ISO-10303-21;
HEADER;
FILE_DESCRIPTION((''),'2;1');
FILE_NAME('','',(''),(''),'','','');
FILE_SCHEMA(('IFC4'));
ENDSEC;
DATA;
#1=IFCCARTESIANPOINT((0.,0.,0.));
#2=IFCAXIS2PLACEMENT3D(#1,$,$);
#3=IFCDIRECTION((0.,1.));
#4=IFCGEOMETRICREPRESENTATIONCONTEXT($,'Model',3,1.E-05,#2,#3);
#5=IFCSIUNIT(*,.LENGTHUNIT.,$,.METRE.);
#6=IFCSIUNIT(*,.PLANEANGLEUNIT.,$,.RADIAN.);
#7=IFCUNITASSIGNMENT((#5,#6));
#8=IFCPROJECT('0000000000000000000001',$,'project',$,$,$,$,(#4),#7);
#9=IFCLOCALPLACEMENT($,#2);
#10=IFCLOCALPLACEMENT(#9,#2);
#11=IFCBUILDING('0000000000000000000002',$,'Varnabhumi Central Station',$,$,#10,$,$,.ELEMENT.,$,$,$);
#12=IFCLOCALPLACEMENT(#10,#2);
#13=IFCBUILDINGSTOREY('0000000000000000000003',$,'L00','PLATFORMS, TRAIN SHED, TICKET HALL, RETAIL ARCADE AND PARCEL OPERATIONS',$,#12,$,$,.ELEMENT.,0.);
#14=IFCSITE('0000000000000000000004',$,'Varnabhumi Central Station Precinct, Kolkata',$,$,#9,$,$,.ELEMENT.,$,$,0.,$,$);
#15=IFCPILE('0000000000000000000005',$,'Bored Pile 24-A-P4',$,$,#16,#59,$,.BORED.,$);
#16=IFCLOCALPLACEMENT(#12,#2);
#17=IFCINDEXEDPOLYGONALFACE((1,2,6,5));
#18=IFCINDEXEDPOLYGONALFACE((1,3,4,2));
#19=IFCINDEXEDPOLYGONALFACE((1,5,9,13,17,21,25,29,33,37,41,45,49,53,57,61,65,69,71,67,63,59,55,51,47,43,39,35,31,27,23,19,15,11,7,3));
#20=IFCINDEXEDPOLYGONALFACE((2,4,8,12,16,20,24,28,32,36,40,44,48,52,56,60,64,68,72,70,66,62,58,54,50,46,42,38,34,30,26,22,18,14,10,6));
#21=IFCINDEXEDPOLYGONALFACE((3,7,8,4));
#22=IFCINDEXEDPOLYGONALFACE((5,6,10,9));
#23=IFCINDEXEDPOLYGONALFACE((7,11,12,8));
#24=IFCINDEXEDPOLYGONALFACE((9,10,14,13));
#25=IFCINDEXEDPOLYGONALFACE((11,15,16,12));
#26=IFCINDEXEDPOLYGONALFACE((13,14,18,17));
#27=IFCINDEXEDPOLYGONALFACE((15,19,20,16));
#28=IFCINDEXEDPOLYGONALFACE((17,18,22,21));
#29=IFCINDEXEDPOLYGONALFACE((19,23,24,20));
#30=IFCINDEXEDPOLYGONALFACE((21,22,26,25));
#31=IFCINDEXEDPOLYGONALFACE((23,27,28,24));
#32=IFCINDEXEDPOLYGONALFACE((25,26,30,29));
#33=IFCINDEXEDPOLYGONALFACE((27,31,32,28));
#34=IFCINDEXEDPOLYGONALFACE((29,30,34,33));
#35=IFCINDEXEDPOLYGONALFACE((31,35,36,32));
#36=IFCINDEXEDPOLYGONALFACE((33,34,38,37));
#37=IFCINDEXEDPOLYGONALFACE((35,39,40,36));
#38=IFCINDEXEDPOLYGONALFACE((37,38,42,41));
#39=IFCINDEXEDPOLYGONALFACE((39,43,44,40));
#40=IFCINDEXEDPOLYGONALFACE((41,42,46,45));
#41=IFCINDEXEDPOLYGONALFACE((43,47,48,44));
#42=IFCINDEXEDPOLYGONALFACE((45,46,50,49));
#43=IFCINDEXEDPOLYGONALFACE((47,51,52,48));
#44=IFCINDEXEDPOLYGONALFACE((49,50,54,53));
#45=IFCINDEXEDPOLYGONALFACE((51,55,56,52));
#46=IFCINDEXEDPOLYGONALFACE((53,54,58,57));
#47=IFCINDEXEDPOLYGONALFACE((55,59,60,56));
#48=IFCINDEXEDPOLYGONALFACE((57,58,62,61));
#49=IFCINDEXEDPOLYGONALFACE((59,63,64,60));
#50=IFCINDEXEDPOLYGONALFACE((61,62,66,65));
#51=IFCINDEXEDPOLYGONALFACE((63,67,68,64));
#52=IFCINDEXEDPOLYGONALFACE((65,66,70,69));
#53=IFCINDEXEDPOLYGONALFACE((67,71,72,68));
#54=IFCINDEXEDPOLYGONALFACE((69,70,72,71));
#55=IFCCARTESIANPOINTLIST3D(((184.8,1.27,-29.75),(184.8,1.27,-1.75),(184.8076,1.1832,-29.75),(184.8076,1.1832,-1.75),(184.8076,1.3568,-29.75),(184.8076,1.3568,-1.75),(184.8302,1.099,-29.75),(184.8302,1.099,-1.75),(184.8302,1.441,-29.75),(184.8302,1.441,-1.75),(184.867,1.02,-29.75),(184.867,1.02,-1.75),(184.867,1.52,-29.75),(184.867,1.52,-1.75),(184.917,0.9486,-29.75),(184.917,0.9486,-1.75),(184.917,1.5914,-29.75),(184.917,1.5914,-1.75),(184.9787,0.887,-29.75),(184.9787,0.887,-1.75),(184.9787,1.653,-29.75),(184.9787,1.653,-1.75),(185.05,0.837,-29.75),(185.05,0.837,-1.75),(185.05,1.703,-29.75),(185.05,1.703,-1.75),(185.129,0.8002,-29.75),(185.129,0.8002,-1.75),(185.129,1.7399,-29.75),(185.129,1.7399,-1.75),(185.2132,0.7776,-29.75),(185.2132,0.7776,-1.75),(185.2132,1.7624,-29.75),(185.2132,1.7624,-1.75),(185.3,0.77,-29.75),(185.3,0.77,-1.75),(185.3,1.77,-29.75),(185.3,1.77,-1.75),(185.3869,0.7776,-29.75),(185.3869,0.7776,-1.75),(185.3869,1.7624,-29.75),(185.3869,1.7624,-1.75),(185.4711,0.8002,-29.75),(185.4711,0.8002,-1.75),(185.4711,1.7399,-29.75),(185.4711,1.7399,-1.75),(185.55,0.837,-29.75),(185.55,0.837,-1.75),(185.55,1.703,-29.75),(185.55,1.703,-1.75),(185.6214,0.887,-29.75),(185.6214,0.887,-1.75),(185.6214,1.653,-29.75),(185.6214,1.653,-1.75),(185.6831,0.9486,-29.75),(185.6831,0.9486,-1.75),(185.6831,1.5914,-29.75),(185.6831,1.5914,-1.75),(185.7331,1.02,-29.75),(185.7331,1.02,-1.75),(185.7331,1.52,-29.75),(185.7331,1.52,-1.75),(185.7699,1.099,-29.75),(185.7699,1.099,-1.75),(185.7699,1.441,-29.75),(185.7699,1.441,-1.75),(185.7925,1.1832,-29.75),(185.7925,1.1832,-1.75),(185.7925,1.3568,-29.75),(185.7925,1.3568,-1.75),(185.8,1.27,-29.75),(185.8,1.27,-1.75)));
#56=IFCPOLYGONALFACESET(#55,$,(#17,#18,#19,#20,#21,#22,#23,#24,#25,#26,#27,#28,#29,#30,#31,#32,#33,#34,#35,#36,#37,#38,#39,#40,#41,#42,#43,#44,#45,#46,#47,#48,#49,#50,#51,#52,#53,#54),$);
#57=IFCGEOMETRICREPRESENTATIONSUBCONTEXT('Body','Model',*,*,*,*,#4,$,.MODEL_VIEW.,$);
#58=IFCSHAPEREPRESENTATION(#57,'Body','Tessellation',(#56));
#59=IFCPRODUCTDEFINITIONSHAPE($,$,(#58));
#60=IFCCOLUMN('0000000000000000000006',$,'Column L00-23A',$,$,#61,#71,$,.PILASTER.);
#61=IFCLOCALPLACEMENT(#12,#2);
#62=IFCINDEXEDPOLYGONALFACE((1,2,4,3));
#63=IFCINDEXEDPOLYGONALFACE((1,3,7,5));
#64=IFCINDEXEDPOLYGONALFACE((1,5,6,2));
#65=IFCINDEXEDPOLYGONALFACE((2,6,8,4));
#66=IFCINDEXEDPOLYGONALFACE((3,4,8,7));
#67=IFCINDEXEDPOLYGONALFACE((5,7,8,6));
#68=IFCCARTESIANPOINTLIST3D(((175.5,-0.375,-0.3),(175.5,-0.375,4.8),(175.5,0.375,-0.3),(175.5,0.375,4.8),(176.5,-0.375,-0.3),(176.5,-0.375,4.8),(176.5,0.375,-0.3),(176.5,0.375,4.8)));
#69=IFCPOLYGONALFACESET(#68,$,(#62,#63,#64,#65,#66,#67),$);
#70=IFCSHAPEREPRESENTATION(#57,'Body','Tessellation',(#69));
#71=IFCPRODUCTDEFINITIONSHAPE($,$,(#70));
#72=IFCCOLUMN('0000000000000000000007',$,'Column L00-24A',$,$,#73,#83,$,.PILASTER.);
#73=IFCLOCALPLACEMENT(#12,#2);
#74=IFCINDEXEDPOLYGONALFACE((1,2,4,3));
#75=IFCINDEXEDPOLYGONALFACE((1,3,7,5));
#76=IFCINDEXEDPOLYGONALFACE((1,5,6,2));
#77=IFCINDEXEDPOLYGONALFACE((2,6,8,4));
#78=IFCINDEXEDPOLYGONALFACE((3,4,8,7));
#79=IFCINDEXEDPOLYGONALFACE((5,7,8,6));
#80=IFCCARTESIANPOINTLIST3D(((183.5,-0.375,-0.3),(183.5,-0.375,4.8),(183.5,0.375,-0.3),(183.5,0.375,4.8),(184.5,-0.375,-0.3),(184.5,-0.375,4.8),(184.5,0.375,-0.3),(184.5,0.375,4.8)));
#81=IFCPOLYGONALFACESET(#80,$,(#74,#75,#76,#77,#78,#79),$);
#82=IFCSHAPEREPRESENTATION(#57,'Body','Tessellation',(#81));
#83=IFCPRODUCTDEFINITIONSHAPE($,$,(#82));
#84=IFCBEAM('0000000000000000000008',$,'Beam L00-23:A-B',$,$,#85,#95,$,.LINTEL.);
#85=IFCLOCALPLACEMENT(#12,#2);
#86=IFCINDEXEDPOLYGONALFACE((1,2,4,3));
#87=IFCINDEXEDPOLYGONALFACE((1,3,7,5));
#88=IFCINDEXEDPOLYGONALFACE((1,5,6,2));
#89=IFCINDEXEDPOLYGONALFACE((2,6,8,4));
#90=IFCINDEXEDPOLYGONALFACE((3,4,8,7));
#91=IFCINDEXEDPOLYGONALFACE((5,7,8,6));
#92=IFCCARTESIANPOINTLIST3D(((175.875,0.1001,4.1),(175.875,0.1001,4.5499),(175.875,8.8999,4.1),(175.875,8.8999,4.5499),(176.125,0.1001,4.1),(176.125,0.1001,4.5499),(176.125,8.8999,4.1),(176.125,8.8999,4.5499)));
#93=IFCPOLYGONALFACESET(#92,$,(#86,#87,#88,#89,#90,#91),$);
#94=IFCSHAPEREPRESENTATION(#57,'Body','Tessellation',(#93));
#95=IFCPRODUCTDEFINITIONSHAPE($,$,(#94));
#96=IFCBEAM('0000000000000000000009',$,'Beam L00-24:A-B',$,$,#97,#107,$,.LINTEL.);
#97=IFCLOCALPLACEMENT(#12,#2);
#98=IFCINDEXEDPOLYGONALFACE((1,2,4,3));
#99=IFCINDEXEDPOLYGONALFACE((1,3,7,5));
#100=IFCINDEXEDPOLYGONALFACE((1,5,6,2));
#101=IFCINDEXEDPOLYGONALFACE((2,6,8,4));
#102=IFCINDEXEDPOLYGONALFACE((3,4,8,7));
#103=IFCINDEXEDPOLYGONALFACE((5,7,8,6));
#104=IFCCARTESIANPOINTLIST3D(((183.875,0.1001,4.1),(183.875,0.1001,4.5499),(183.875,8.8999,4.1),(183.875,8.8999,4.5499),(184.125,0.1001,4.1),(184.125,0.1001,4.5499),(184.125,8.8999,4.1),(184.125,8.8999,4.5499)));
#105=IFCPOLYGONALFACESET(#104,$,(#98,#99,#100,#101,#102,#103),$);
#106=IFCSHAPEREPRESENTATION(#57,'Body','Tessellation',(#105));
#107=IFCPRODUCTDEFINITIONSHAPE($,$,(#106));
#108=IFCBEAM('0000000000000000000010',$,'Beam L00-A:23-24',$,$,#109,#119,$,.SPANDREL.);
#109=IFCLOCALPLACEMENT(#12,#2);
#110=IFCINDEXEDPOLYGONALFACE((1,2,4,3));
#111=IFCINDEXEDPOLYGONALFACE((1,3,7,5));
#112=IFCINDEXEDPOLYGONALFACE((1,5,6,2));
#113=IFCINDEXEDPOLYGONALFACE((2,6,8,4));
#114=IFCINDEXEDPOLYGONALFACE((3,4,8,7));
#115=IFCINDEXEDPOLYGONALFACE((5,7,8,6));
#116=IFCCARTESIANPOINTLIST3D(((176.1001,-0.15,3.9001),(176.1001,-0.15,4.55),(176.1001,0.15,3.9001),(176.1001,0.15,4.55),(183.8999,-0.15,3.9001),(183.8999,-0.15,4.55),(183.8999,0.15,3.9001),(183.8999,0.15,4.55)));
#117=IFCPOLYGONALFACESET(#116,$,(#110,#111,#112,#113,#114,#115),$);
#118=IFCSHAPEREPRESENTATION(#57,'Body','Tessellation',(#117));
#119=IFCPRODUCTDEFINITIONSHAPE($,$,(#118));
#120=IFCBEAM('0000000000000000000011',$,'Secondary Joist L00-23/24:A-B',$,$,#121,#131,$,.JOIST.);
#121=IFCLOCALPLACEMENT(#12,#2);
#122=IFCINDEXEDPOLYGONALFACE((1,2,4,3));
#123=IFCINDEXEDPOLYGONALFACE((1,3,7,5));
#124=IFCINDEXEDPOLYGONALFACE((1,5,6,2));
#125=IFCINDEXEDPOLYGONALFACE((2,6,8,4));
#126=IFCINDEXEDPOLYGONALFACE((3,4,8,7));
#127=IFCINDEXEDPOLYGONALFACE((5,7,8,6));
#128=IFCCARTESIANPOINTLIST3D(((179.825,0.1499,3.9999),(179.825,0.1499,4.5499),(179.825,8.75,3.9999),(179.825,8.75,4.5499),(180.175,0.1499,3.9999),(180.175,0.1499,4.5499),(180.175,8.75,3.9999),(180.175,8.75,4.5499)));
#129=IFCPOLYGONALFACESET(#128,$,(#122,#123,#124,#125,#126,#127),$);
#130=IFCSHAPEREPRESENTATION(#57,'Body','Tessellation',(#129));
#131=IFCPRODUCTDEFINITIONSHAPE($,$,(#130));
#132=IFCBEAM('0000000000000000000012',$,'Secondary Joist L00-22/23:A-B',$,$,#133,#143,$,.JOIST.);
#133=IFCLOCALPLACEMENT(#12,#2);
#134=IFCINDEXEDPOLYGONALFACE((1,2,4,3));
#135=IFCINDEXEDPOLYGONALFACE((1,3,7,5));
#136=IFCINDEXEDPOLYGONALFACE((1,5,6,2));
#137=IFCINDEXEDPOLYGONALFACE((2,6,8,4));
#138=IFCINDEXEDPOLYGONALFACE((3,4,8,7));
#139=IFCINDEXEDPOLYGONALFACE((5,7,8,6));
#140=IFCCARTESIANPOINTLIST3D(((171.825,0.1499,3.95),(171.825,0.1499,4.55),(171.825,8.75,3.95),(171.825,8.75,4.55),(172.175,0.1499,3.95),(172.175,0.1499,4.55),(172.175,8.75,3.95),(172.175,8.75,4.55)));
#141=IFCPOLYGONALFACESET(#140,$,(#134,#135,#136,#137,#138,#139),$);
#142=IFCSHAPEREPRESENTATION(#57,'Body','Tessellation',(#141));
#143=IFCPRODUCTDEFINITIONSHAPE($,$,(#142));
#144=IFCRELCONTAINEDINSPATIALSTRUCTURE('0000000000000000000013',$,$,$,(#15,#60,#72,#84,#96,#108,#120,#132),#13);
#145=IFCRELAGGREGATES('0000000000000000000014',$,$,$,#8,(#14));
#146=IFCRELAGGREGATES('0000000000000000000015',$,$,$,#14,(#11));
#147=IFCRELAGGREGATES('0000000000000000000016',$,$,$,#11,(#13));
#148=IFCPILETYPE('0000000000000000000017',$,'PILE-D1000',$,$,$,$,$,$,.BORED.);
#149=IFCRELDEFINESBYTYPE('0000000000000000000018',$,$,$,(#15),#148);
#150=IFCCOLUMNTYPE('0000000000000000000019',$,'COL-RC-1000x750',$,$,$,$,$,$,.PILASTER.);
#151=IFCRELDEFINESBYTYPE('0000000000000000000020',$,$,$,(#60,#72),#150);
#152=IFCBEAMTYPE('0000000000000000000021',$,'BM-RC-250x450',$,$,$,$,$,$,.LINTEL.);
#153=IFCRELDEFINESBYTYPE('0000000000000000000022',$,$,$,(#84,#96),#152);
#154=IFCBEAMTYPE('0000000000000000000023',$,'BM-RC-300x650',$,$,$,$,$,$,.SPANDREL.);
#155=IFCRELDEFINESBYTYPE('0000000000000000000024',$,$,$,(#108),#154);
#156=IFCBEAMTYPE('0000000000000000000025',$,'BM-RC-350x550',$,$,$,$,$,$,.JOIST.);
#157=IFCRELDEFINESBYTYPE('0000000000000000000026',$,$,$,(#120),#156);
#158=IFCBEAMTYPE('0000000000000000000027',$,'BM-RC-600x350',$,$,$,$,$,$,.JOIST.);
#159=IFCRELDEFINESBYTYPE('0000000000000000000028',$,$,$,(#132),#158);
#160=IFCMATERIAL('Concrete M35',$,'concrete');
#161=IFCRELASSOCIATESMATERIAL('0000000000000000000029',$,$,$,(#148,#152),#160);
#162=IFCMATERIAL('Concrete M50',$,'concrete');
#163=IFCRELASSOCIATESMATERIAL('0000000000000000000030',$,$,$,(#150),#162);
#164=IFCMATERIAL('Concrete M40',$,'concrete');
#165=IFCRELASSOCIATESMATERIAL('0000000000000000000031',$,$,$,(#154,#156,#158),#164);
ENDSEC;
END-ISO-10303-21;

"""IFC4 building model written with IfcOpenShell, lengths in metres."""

from ifc_helpers import new_model, si_unit, direction, frame, origin, origin_2d, place, context, subcontext, project, spatial, rectangle, circle, extrude, material, material_profile, profile_set, type_object, element, save


model = new_model("IFC4")

# Units and contexts
model_context = context("Model", 3, precision=1e-05, world=origin(), true_north=direction((0.0, 1.0)))
body_context = subcontext(model_context, "Body", "Model", "MODEL_VIEW")
ifc_project = project(units=[si_unit("LENGTHUNIT", "METRE"), si_unit("PLANEANGLEUNIT", "RADIAN")], contexts=[model_context])

# Site, building, storey
site_placement = place(None, origin())
site = spatial("IfcSite", under=ifc_project, at=site_placement, Name="Varnabhumi Central Station Precinct, Kolkata", CompositionType="ELEMENT", RefElevation=0.0)
building_placement = place(site_placement, origin())
building = spatial("IfcBuilding", under=site, at=building_placement, Name="Varnabhumi Central Station", CompositionType="ELEMENT")
storey_placement = place(building_placement, origin())
storey = spatial("IfcBuildingStorey", under=building, at=storey_placement, Name="L00", Description="PLATFORMS, TRAIN SHED, TICKET HALL, RETAIL ARCADE AND PARCEL OPERATIONS", CompositionType="ELEMENT", Elevation=0.0)

# Shared definitions
ifc_material_1 = material(Name="Concrete M40", Category="concrete")

# Pile
ifc_material_2 = material(Name="Concrete M35", Category="concrete")
ifc_material_profile_1 = material_profile(ifc_material_2, circle(Radius=0.5, at=origin_2d()), Name="Concrete M35", Category="concrete")
ifc_profile_set_1 = profile_set([ifc_material_profile_1], Name="Concrete M35")
pile_type = type_object("IfcPileType", Name="PILE-D1000", PredefinedType="BORED", material=ifc_profile_set_1)
for number, where, z_axis, x_axis, name in (
    (1, (185.3, 1.27, -1.75), (0.0, 0.0, -1.0), (1.0, 0.0, 0.0), "Bored Pile 24-A-P4"),
):
    element("IfcPile", number, at=place(storey_placement, frame(where, z_axis=z_axis, x_axis=x_axis)), inside=storey, type_object=pile_type, Name=name, PredefinedType="BORED", context=body_context, shape_type="SweptSolid", body=[
        extrude(circle(Radius=0.5, at=origin_2d()), origin(), (0.0, 0.0, 1.0), 28.0),
    ])

# Columns
ifc_material_3 = material(Name="Concrete M50", Category="concrete")
ifc_material_profile_2 = material_profile(ifc_material_3, rectangle(XDim=1.0, YDim=0.75, at=origin_2d()), Name="Concrete M50", Category="concrete")
ifc_profile_set_2 = profile_set([ifc_material_profile_2], Name="Concrete M50")
column_type = type_object("IfcColumnType", Name="COL-RC-1000x750", PredefinedType="PILASTER", material=ifc_profile_set_2)
for number, where, z_axis, x_axis, name in (
    (2, (176.0, 0.0, -0.3), (0.0, 0.0, 1.0), (1.0, 0.0, 0.0), "Column L00-23A"),
    (3, (184.0, 0.0, -0.3), (0.0, 0.0, 1.0), (1.0, 0.0, 0.0), "Column L00-24A"),
):
    element("IfcColumn", number, at=place(storey_placement, frame(where, z_axis=z_axis, x_axis=x_axis)), inside=storey, type_object=column_type, Name=name, PredefinedType="PILASTER", context=body_context, shape_type="SweptSolid", body=[
        extrude(rectangle(XDim=1.0, YDim=0.75, at=origin_2d()), origin(), (0.0, 0.0, 1.0), 5.1001),
    ])

# Beams
ifc_material_profile_3 = material_profile(ifc_material_2, rectangle(XDim=0.25, YDim=0.45, at=origin_2d()), Name="Concrete M35", Category="concrete")
ifc_profile_set_3 = profile_set([ifc_material_profile_3], Name="Concrete M35")
beam_type_1 = type_object("IfcBeamType", Name="BM-RC-250x450", PredefinedType="LINTEL", material=ifc_profile_set_3)
for number, where, z_axis, x_axis, name in (
    (4, (176.0, 0.1001, 4.325), (0.0, 1.0, 0.0), (-1.0, 0.0, 0.0), "Beam L00-23:A-B"),
    (5, (184.0, 0.1001, 4.325), (0.0, 1.0, 0.0), (-1.0, 0.0, 0.0), "Beam L00-24:A-B"),
):
    element("IfcBeam", number, at=place(storey_placement, frame(where, z_axis=z_axis, x_axis=x_axis)), inside=storey, type_object=beam_type_1, Name=name, PredefinedType="LINTEL", context=body_context, shape_type="SweptSolid", body=[
        extrude(rectangle(XDim=0.25, YDim=0.45, at=origin_2d()), origin(), (0.0, 0.0, 1.0), 8.7998),
    ])
ifc_material_profile_4 = material_profile(ifc_material_1, rectangle(XDim=0.3, YDim=0.6499, at=origin_2d()), Name="Concrete M40", Category="concrete")
ifc_profile_set_4 = profile_set([ifc_material_profile_4], Name="Concrete M40")
beam_type_2 = type_object("IfcBeamType", Name="BM-RC-300x650", PredefinedType="SPANDREL", material=ifc_profile_set_4)
beam_1_placement = place(storey_placement, frame((176.1001, 0.0, 4.2251), z_axis=(1.0, 0.0, 0.0), x_axis=(0.0, 1.0, 0.0)))
element("IfcBeam", 6, at=beam_1_placement, inside=storey, type_object=beam_type_2, Name="Beam L00-A:23-24", PredefinedType="SPANDREL", context=body_context, shape_type="SweptSolid", body=[
    extrude(rectangle(XDim=0.3, YDim=0.6499, at=origin_2d()), origin(), (0.0, 0.0, 1.0), 7.7998),
])
ifc_material_profile_5 = material_profile(ifc_material_1, rectangle(XDim=0.3501, YDim=0.55, at=origin_2d()), Name="Concrete M40", Category="concrete")
ifc_profile_set_5 = profile_set([ifc_material_profile_5], Name="Concrete M40")
beam_type_3 = type_object("IfcBeamType", Name="BM-RC-350x550", PredefinedType="JOIST", material=ifc_profile_set_5)
beam_2_placement = place(storey_placement, frame((180.0, 0.1499, 4.2749), z_axis=(0.0, 1.0, 0.0), x_axis=(-1.0, 0.0, 0.0)))
element("IfcBeam", 7, at=beam_2_placement, inside=storey, type_object=beam_type_3, Name="Secondary Joist L00-23/24:A-B", PredefinedType="JOIST", context=body_context, shape_type="SweptSolid", body=[
    extrude(rectangle(XDim=0.3501, YDim=0.55, at=origin_2d()), origin(), (0.0, 0.0, 1.0), 8.6001),
])
ifc_material_profile_6 = material_profile(ifc_material_1, rectangle(XDim=0.3501, YDim=0.6001, at=origin_2d()), Name="Concrete M40", Category="concrete")
ifc_profile_set_6 = profile_set([ifc_material_profile_6], Name="Concrete M40")
beam_type_4 = type_object("IfcBeamType", Name="BM-RC-600x350", PredefinedType="JOIST", material=ifc_profile_set_6)
beam_3_placement = place(storey_placement, frame((172.0, 0.1499, 4.25), z_axis=(0.0, 1.0, 0.0), x_axis=(-1.0, 0.0, 0.0)))
element("IfcBeam", 8, at=beam_3_placement, inside=storey, type_object=beam_type_4, Name="Secondary Joist L00-22/23:A-B", PredefinedType="JOIST", context=body_context, shape_type="SweptSolid", body=[
    extrude(rectangle(XDim=0.3501, YDim=0.6001, at=origin_2d()), origin(), (0.0, 0.0, 1.0), 8.6001),
])

save(model, "model.ifc")
